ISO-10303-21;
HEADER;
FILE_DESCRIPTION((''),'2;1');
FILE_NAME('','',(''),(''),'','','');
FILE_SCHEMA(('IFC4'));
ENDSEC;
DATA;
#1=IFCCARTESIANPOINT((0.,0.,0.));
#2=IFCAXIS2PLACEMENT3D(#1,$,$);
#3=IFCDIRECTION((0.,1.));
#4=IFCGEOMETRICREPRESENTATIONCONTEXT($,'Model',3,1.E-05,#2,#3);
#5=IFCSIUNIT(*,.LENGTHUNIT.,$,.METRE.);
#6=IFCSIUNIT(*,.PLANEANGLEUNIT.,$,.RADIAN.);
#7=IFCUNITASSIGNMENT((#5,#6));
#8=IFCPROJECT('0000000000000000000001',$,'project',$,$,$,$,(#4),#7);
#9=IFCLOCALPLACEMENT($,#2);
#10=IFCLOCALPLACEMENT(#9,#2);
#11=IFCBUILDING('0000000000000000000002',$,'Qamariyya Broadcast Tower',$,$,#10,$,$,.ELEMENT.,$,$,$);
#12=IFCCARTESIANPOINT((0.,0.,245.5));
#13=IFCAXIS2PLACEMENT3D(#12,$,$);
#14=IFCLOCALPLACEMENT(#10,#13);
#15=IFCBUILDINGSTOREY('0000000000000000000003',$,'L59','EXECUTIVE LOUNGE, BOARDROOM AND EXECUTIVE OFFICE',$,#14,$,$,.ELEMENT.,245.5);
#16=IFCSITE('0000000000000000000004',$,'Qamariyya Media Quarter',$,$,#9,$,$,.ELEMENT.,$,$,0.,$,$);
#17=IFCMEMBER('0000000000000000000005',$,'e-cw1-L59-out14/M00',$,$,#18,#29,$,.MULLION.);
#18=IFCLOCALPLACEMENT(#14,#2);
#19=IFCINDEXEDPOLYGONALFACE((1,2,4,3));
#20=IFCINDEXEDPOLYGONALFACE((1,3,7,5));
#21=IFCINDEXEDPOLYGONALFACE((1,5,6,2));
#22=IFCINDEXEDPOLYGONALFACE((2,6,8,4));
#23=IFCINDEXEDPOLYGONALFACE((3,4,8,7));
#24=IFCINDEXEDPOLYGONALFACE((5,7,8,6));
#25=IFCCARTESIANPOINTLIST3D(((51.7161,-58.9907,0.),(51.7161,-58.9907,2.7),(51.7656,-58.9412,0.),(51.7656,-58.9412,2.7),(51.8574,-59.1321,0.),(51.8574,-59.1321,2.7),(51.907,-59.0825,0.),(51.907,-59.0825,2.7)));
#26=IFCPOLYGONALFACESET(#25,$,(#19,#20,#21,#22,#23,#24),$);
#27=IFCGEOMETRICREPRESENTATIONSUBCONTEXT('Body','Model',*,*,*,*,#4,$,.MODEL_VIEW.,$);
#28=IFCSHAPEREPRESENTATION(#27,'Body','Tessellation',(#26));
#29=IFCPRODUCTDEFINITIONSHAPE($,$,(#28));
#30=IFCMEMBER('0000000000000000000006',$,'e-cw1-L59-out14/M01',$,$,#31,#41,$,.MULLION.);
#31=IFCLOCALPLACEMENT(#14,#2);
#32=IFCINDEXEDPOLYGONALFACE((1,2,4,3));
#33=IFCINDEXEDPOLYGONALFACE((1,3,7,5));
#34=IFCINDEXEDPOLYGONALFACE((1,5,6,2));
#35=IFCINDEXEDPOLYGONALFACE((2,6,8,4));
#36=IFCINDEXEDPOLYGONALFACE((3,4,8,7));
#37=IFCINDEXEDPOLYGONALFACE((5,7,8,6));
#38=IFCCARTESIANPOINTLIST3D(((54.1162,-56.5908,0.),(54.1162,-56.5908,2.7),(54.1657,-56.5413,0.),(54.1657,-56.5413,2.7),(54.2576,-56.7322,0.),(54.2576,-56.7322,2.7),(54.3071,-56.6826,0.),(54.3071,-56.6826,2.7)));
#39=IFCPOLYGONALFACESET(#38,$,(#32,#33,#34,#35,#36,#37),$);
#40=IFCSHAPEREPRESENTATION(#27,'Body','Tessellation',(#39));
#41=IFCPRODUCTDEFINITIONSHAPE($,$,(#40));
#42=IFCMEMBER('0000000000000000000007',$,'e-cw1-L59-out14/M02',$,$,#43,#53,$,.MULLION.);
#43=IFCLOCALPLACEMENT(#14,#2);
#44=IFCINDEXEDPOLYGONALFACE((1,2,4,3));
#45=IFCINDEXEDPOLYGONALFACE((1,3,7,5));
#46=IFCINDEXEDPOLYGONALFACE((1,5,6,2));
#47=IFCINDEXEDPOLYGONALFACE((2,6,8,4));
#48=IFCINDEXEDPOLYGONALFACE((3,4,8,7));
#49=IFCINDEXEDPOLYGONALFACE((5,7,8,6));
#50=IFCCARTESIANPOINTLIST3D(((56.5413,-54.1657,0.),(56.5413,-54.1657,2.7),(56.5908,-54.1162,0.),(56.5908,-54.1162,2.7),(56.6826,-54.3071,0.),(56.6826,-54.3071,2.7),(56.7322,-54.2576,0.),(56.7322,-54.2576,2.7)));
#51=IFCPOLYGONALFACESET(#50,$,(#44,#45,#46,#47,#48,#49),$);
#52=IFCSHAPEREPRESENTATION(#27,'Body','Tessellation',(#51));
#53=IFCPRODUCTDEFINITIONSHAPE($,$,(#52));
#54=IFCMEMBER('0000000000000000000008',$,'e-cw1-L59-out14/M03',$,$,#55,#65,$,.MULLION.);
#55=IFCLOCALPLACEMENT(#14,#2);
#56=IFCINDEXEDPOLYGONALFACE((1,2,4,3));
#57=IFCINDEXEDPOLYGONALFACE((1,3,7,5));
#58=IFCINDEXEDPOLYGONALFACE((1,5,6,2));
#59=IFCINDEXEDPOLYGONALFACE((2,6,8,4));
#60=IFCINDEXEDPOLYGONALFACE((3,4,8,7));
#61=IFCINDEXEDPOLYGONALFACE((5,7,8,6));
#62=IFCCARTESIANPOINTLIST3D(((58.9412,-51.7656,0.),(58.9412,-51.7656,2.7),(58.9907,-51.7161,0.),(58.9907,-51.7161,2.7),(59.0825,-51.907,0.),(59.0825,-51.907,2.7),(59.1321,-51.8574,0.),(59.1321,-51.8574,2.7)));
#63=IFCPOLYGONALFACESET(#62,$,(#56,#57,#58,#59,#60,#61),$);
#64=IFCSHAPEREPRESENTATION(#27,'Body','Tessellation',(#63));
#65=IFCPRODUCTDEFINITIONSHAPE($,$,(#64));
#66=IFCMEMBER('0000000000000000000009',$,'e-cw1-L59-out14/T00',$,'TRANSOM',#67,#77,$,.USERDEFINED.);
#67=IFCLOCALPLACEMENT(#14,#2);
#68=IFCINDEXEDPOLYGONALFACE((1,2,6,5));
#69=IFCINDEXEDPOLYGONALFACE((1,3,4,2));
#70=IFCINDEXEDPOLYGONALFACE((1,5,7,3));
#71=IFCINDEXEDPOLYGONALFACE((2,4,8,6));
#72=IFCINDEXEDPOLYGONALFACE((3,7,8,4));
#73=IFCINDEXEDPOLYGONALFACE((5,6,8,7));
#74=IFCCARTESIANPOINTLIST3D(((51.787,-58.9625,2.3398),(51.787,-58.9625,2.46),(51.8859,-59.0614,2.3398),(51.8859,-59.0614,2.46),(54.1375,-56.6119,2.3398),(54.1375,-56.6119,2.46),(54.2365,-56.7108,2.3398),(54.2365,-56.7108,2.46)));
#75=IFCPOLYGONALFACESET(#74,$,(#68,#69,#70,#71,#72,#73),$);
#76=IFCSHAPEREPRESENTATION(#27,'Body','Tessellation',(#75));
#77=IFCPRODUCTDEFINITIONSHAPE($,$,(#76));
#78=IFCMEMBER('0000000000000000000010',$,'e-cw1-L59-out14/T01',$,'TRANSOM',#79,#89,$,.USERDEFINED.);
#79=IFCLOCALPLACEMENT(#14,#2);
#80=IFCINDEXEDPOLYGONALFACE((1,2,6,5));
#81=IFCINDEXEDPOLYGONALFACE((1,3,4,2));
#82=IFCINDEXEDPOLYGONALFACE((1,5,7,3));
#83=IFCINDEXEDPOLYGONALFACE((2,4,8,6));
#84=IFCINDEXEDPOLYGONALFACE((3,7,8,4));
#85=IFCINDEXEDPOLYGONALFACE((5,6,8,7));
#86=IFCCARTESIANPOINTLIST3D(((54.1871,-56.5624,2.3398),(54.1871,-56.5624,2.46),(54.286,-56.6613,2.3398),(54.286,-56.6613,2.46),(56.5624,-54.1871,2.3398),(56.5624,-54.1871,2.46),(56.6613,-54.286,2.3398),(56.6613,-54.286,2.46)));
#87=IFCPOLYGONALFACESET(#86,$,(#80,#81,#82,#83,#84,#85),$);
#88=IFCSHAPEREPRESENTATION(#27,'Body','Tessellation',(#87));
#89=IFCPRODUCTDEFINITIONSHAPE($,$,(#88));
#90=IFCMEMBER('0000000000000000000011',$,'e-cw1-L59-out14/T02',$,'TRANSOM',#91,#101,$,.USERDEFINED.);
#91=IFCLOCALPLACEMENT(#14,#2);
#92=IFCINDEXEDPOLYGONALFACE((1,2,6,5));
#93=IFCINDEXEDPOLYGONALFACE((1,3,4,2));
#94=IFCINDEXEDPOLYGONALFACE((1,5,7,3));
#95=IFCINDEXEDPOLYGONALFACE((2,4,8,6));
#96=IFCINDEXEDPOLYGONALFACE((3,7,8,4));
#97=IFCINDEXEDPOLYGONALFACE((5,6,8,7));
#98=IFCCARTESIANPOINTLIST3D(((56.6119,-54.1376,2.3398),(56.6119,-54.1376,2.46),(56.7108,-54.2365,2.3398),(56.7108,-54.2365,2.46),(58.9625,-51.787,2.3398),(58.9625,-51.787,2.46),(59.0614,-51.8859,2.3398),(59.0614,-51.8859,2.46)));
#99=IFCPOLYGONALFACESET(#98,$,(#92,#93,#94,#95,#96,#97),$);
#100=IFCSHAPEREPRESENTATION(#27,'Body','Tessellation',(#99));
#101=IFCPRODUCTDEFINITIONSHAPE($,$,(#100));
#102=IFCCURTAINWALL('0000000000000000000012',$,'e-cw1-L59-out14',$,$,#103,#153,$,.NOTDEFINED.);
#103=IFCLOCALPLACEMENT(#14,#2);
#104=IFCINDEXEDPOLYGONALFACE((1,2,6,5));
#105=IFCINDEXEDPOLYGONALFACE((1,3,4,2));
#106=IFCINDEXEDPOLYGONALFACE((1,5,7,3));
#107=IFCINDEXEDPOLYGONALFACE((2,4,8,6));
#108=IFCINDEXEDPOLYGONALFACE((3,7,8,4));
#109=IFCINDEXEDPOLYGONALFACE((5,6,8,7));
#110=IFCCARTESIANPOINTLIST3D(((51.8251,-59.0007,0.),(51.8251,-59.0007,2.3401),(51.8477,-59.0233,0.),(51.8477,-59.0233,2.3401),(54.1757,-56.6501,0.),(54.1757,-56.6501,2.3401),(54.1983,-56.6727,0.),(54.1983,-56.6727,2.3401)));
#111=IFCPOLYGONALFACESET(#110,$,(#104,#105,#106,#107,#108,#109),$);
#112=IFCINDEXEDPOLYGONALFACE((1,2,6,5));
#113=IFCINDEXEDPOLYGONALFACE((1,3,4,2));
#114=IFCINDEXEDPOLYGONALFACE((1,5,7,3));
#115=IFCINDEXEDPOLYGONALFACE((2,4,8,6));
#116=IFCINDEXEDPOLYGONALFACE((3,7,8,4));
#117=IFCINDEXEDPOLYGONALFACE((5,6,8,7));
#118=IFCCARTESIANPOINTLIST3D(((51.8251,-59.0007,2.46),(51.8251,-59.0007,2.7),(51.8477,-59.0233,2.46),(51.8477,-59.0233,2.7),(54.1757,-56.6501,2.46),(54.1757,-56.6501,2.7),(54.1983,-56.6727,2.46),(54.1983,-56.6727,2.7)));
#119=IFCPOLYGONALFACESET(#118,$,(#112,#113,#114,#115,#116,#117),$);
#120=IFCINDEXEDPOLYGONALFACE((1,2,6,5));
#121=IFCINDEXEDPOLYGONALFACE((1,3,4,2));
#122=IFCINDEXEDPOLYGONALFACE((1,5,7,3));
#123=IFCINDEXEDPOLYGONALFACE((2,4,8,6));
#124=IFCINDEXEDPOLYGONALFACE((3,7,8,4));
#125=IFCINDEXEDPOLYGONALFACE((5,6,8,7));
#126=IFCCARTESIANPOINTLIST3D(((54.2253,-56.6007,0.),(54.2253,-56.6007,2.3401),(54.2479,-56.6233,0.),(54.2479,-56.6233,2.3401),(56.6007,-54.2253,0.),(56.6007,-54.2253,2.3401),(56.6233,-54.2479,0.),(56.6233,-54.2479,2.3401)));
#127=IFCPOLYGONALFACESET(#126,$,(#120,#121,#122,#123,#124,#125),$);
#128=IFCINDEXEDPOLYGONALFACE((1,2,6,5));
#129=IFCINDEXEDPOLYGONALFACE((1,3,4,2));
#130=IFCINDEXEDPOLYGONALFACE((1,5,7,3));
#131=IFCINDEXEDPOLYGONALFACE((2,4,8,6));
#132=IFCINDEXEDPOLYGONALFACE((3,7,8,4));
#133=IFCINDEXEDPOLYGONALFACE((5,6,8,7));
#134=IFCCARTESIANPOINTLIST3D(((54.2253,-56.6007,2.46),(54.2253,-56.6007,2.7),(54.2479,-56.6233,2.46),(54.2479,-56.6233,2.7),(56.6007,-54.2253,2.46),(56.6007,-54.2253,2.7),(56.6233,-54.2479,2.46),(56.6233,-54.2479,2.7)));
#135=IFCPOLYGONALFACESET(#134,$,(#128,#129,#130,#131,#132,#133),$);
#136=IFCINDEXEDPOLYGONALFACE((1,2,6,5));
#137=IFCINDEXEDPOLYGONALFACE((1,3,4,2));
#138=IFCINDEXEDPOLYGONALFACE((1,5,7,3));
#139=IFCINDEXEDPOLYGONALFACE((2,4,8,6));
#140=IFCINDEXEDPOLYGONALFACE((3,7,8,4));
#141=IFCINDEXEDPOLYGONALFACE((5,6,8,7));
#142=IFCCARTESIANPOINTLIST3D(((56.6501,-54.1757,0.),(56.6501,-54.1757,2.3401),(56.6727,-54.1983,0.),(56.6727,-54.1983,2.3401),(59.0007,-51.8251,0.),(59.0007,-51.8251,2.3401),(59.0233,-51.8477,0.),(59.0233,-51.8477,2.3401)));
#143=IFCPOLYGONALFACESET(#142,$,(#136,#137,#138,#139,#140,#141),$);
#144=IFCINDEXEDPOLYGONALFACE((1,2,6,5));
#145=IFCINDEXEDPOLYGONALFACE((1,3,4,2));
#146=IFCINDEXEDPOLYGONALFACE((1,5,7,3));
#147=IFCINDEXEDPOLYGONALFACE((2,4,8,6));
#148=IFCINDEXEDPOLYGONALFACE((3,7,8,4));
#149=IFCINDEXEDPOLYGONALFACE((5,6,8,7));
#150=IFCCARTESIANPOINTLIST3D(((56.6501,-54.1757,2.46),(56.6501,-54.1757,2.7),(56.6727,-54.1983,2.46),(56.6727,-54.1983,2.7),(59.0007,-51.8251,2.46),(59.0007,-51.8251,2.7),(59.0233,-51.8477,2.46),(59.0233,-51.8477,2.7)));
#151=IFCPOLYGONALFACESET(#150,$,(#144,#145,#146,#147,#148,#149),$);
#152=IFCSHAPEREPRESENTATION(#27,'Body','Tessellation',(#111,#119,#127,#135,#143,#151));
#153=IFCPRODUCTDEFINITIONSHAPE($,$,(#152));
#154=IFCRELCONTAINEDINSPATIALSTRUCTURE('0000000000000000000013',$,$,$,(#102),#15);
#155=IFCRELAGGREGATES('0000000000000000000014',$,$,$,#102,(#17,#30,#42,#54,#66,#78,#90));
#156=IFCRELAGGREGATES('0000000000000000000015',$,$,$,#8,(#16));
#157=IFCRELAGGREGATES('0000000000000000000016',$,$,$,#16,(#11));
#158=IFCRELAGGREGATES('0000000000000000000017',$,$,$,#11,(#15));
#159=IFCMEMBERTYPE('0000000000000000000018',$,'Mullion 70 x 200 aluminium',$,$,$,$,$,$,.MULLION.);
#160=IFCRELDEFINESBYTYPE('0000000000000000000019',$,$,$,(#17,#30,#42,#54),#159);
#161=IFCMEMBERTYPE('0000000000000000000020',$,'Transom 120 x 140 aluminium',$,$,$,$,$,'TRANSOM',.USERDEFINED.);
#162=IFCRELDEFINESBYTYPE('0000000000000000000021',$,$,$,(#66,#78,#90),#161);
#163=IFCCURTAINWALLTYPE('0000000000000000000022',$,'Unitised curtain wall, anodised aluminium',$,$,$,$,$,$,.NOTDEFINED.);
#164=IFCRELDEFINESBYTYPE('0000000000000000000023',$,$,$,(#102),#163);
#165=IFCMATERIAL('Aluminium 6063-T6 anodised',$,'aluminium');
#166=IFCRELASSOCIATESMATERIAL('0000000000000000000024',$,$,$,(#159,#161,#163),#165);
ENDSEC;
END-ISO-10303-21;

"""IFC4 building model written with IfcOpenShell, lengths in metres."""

from ifc_helpers import new_model, si_unit, direction, frame, origin, origin_2d, place, context, subcontext, project, spatial, rectangle, extrude, material, material_profile, profile_set, type_object, element, aggregate, save


model = new_model("IFC4")

# Units and contexts
model_context = context("Model", 3, precision=1e-05, world=origin(), true_north=direction((0.0, 1.0)))
body_context = subcontext(model_context, "Body", "Model", "MODEL_VIEW")
ifc_project = project(units=[si_unit("LENGTHUNIT", "METRE"), si_unit("PLANEANGLEUNIT", "RADIAN")], contexts=[model_context])

# Members
ifc_material = material(Name="Aluminium 6063-T6 anodised", Category="aluminium")
ifc_material_profile_1 = material_profile(ifc_material, rectangle(XDim=0.2, YDim=0.0701, at=origin_2d()))
ifc_profile_set_1 = profile_set([ifc_material_profile_1], Name="Aluminium 6063-T6 anodised")
member_type_1 = type_object("IfcMemberType", Name="Mullion 70 x 200 aluminium", PredefinedType="MULLION", material=ifc_profile_set_1)
site_placement = place(None, origin())
building_placement = place(site_placement, origin())
storey_placement = place(building_placement, frame((0.0, 0.0, 245.5)))
member_1_placement = place(storey_placement, frame((51.8115, -59.0366, 0.0), z_axis=(0.0, 0.0, 1.0), x_axis=(-0.707107, 0.707107, 0.0)))
member_1 = element("IfcMember", 1, at=member_1_placement, type_object=member_type_1, Name="e-cw1-L59-out14/M00", PredefinedType="MULLION", context=body_context, shape_type="SweptSolid", body=[
    extrude(rectangle(XDim=0.2, YDim=0.0701, at=origin_2d()), origin(), (0.0, 0.0, 1.0), 2.7),
])
member_2_placement = place(storey_placement, frame((54.2117, -56.6367, 0.0), z_axis=(0.0, 0.0, 1.0), x_axis=(-0.707107, 0.707107, 0.0)))
member_2 = element("IfcMember", 2, at=member_2_placement, type_object=member_type_1, Name="e-cw1-L59-out14/M01", PredefinedType="MULLION", context=body_context, shape_type="SweptSolid", body=[
    extrude(rectangle(XDim=0.2, YDim=0.0701, at=origin_2d()), origin(), (0.0, 0.0, 1.0), 2.7),
])
member_3_placement = place(storey_placement, frame((56.6367, -54.2117, 0.0), z_axis=(0.0, 0.0, 1.0), x_axis=(-0.707107, 0.707107, 0.0)))
member_3 = element("IfcMember", 3, at=member_3_placement, type_object=member_type_1, Name="e-cw1-L59-out14/M02", PredefinedType="MULLION", context=body_context, shape_type="SweptSolid", body=[
    extrude(rectangle(XDim=0.2, YDim=0.0701, at=origin_2d()), origin(), (0.0, 0.0, 1.0), 2.7),
])
member_4_placement = place(storey_placement, frame((59.0366, -51.8115, 0.0), z_axis=(0.0, 0.0, 1.0), x_axis=(-0.707107, 0.707107, 0.0)))
member_4 = element("IfcMember", 4, at=member_4_placement, type_object=member_type_1, Name="e-cw1-L59-out14/M03", PredefinedType="MULLION", context=body_context, shape_type="SweptSolid", body=[
    extrude(rectangle(XDim=0.2, YDim=0.0701, at=origin_2d()), origin(), (0.0, 0.0, 1.0), 2.7),
])
ifc_material_profile_2 = material_profile(ifc_material, rectangle(XDim=0.1399, YDim=0.1201, at=origin_2d()))
ifc_profile_set_2 = profile_set([ifc_material_profile_2], Name="Aluminium 6063-T6 anodised")
member_type_2 = type_object("IfcMemberType", Name="Transom 120 x 140 aluminium", ElementType="TRANSOM", PredefinedType="USERDEFINED", material=ifc_profile_set_2)
member_5_placement = place(storey_placement, frame((51.8364, -59.012, 2.3999), z_axis=(0.707107, 0.707107, 0.0), x_axis=(-0.707107, 0.707107, 0.0)))
member_5 = element("IfcMember", 5, at=member_5_placement, type_object=member_type_2, Name="e-cw1-L59-out14/T00", ObjectType="TRANSOM", PredefinedType="USERDEFINED", context=body_context, shape_type="SweptSolid", body=[
    extrude(rectangle(XDim=0.1399, YDim=0.1201, at=origin_2d()), origin(), (0.0, 0.0, 1.0), 3.3242),
])
member_6_placement = place(storey_placement, frame((54.2366, -56.6118, 2.3999), z_axis=(0.707107, 0.707107, 0.0), x_axis=(-0.707107, 0.707107, 0.0)))
member_6 = element("IfcMember", 6, at=member_6_placement, type_object=member_type_2, Name="e-cw1-L59-out14/T01", ObjectType="TRANSOM", PredefinedType="USERDEFINED", context=body_context, shape_type="SweptSolid", body=[
    extrude(rectangle(XDim=0.1399, YDim=0.1201, at=origin_2d()), origin(), (0.0, 0.0, 1.0), 3.3591),
])
member_7_placement = place(storey_placement, frame((56.6614, -54.187, 2.3999), z_axis=(0.707107, 0.707107, 0.0), x_axis=(-0.707107, 0.707107, 0.0)))
member_7 = element("IfcMember", 7, at=member_7_placement, type_object=member_type_2, Name="e-cw1-L59-out14/T02", ObjectType="TRANSOM", PredefinedType="USERDEFINED", context=body_context, shape_type="SweptSolid", body=[
    extrude(rectangle(XDim=0.1399, YDim=0.1201, at=origin_2d()), origin(), (0.0, 0.0, 1.0), 3.3242),
])

# Site, building, storey
site = spatial("IfcSite", under=ifc_project, at=site_placement, Name="Qamariyya Media Quarter", CompositionType="ELEMENT", RefElevation=0.0)
building = spatial("IfcBuilding", under=site, at=building_placement, Name="Qamariyya Broadcast Tower", CompositionType="ELEMENT")
storey = spatial("IfcBuildingStorey", under=building, at=storey_placement, Name="L59", Description="EXECUTIVE LOUNGE, BOARDROOM AND EXECUTIVE OFFICE", CompositionType="ELEMENT", Elevation=245.5)

# Curtain wall
curtain_wall_type = type_object("IfcCurtainWallType", Name="Unitised curtain wall, anodised aluminium", PredefinedType="NOTDEFINED", material=ifc_material)
curtain_wall_1_placement = place(storey_placement, origin())
curtain_wall_1 = element("IfcCurtainWall", 8, at=curtain_wall_1_placement, inside=storey, type_object=curtain_wall_type, Name="e-cw1-L59-out14", PredefinedType="NOTDEFINED", context=body_context, shape_type="SweptSolid", body=[
    extrude(rectangle(XDim=3.3242, YDim=0.032, at=origin_2d()), frame((53.0117, -57.8367, 0.0), x_axis=(0.707107, 0.707107, 0.0)), (0.0, 0.0, 1.0), 2.3401),
    extrude(rectangle(XDim=3.3242, YDim=0.032, at=origin_2d()), frame((53.0117, -57.8367, 2.46), x_axis=(0.707107, 0.707107, 0.0)), (0.0, 0.0, 1.0), 0.24),
    extrude(rectangle(XDim=3.3594, YDim=0.032, at=origin_2d()), frame((55.4243, -55.4243, 0.0), x_axis=(0.707107, 0.707107, 0.0)), (0.0, 0.0, 1.0), 2.3401),
    extrude(rectangle(XDim=3.3594, YDim=0.032, at=origin_2d()), frame((55.4243, -55.4243, 2.46), x_axis=(0.707107, 0.707107, 0.0)), (0.0, 0.0, 1.0), 0.24),
    extrude(rectangle(XDim=3.3242, YDim=0.032, at=origin_2d()), frame((57.8367, -53.0117, 0.0), x_axis=(0.707107, 0.707107, 0.0)), (0.0, 0.0, 1.0), 2.3401),
    extrude(rectangle(XDim=3.3242, YDim=0.032, at=origin_2d()), frame((57.8367, -53.0117, 2.46), x_axis=(0.707107, 0.707107, 0.0)), (0.0, 0.0, 1.0), 0.24),
])
aggregate(curtain_wall_1, [member_1, member_2, member_3, member_4, member_5, member_6, member_7])

save(model, "model.ifc")
